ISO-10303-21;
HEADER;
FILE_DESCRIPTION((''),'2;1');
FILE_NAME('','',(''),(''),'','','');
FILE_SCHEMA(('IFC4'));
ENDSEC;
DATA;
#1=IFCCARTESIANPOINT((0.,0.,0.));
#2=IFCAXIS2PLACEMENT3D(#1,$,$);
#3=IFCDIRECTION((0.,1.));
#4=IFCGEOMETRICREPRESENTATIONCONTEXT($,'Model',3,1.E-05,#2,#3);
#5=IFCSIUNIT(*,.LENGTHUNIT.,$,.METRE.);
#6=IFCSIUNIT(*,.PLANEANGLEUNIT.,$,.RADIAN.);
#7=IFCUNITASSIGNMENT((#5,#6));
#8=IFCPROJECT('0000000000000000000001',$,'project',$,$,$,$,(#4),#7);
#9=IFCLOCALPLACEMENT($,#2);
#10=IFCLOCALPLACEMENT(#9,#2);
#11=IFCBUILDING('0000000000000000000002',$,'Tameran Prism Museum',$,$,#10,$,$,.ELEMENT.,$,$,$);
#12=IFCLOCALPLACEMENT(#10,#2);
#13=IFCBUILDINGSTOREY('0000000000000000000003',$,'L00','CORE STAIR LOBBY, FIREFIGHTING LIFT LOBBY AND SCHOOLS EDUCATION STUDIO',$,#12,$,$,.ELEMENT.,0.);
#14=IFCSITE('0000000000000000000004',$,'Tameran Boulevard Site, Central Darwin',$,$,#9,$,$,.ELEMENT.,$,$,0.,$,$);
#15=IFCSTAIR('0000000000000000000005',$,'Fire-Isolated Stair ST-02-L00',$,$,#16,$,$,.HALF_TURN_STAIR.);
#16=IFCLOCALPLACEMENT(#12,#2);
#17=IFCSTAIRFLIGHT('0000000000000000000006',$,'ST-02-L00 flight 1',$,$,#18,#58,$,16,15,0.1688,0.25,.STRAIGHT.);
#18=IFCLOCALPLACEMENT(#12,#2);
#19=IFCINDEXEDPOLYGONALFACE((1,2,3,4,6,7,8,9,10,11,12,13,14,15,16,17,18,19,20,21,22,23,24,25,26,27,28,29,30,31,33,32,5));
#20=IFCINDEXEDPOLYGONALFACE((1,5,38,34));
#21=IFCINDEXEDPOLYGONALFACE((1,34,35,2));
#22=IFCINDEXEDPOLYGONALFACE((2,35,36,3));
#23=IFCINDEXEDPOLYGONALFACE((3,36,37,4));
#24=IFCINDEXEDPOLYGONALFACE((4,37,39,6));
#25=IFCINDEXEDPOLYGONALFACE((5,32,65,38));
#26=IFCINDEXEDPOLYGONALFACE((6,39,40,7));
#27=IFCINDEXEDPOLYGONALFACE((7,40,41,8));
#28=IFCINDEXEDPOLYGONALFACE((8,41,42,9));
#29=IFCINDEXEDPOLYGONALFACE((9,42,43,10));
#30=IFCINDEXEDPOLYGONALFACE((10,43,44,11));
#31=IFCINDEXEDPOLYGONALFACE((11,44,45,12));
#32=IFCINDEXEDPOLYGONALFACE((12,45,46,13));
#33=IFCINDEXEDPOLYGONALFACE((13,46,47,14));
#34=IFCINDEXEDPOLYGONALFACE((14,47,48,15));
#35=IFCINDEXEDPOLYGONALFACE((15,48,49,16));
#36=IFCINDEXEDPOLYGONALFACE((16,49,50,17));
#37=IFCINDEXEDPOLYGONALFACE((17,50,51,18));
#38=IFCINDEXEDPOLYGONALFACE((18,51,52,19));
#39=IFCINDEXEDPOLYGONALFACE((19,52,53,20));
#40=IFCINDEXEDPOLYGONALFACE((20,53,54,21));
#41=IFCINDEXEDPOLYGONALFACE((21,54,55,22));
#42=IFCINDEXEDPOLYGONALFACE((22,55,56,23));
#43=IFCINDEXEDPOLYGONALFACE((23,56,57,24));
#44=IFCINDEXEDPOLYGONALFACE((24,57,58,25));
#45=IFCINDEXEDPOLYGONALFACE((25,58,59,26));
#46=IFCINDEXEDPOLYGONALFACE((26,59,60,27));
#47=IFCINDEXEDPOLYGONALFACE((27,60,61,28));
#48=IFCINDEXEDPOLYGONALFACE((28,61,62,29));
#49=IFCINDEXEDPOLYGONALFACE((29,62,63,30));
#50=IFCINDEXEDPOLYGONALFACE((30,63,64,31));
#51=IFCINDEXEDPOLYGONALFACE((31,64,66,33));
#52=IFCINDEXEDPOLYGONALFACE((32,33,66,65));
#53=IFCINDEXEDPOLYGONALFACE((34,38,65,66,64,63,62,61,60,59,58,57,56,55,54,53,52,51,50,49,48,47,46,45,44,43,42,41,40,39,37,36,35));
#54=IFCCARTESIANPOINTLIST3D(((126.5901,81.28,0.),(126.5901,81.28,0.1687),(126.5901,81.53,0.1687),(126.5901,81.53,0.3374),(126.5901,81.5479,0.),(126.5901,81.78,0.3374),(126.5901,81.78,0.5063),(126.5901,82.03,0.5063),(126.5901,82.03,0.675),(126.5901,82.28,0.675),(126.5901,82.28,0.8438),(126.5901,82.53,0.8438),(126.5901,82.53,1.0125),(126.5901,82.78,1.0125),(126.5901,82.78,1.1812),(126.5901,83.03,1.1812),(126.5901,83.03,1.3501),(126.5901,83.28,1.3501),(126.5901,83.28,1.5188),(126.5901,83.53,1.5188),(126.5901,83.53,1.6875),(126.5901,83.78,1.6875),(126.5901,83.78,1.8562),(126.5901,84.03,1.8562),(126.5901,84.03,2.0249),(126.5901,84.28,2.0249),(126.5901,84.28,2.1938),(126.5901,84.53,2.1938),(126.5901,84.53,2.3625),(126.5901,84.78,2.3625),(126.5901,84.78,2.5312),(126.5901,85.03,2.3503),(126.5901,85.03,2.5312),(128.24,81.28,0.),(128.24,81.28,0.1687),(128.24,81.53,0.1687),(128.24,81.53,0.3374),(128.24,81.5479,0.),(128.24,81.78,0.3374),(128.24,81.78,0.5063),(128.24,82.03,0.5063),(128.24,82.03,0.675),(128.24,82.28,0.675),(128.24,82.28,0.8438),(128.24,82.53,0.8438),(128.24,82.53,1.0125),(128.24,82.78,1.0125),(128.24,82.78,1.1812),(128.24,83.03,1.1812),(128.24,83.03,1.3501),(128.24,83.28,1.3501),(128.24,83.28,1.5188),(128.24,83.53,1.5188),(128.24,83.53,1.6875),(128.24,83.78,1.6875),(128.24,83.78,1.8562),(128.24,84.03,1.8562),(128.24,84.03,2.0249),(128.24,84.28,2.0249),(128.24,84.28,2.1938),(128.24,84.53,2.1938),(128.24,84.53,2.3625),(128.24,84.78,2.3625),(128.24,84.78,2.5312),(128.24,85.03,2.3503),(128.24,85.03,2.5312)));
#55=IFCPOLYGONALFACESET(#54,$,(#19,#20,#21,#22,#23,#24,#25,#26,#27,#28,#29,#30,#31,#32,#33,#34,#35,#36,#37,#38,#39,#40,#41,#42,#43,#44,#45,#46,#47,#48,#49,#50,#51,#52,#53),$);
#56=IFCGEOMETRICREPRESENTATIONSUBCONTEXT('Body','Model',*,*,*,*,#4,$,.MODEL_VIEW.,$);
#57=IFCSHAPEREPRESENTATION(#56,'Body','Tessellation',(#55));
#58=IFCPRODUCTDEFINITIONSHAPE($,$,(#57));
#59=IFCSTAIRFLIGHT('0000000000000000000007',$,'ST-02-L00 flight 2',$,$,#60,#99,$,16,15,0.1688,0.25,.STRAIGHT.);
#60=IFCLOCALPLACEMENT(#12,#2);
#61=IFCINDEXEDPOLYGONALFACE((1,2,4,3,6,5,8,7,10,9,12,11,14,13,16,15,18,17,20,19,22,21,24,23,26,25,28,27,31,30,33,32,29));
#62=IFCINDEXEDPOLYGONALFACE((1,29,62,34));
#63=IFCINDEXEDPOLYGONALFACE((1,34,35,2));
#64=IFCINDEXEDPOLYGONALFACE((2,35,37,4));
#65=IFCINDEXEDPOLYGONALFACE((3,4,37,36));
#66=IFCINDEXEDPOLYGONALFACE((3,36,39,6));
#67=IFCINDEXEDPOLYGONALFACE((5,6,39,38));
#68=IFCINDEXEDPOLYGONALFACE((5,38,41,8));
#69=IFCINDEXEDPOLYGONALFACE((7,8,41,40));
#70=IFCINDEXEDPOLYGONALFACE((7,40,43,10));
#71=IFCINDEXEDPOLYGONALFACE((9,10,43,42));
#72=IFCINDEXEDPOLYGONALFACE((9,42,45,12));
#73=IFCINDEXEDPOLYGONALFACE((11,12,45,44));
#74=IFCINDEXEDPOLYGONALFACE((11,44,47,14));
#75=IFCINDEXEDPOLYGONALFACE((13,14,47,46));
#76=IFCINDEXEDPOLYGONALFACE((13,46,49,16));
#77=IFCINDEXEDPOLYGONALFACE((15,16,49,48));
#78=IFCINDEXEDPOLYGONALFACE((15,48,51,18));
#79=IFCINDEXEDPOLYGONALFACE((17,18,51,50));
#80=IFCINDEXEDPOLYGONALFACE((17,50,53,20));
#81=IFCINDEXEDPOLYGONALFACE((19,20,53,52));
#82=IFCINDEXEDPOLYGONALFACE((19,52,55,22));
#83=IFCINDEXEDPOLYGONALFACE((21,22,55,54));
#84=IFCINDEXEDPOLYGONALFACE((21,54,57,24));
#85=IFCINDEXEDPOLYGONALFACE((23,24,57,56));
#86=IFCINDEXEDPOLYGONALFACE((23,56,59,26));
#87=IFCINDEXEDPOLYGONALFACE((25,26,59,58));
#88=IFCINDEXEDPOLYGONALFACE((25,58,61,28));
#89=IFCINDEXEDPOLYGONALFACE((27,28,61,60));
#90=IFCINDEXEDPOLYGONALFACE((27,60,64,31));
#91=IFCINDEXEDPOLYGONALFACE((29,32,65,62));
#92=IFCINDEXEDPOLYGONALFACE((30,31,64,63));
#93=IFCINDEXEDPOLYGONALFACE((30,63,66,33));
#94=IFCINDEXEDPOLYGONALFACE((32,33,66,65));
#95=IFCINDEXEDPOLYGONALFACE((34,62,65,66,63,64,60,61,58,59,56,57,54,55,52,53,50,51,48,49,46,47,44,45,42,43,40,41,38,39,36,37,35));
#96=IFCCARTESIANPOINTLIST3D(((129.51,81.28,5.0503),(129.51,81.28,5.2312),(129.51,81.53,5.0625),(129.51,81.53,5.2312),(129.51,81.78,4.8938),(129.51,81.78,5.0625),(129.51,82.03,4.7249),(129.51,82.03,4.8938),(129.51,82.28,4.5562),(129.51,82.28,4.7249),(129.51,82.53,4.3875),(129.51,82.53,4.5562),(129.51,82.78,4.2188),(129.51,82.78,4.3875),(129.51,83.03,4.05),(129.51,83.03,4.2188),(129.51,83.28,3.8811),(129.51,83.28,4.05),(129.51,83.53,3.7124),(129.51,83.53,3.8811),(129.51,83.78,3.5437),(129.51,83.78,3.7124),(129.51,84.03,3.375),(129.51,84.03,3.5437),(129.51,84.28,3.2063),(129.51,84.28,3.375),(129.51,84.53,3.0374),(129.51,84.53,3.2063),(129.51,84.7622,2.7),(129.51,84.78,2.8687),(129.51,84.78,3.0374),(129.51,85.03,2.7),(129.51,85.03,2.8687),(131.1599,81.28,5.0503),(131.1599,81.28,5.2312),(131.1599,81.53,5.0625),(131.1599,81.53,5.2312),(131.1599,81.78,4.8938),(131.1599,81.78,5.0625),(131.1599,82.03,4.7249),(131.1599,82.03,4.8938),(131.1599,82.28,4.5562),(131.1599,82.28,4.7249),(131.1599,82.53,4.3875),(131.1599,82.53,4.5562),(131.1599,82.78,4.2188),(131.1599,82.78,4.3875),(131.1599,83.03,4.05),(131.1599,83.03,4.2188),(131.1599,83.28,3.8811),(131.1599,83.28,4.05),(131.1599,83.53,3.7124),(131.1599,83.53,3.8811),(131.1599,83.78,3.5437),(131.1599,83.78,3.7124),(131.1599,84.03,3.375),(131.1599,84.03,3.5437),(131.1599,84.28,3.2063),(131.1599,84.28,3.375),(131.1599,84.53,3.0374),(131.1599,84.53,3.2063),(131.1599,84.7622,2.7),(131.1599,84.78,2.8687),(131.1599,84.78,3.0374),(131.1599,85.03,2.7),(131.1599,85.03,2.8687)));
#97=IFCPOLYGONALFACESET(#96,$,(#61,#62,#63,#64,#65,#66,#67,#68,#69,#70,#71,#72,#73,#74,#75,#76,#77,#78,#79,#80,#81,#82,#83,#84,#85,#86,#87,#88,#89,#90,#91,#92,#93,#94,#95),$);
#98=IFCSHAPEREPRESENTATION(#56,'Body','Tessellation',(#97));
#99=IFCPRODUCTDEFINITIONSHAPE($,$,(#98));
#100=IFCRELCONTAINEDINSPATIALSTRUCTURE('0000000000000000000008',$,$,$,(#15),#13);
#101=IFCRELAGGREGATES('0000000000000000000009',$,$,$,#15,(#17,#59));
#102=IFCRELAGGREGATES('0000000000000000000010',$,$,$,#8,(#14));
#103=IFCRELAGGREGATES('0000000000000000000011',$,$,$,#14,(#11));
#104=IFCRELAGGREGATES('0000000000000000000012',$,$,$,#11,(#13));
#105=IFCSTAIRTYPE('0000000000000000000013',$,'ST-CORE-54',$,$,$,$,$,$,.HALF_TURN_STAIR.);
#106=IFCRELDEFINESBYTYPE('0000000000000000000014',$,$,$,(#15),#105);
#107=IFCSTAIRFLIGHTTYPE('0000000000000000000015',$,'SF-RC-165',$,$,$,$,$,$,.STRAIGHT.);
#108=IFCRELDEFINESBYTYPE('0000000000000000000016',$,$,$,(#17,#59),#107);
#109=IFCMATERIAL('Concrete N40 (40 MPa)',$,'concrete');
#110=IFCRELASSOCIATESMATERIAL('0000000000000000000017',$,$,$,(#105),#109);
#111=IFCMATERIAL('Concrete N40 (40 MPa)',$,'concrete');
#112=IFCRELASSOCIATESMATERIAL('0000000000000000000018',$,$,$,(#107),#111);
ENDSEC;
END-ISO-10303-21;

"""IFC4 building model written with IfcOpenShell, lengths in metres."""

from ifc_helpers import new_model, si_unit, direction, frame, origin, place, context, subcontext, project, spatial, polyline, outline, extrude, material, type_object, element, aggregate, save


model = new_model("IFC4")

# Units and contexts
model_context = context("Model", 3, precision=1e-05, world=origin(), true_north=direction((0.0, 1.0)))
body_context = subcontext(model_context, "Body", "Model", "MODEL_VIEW")
ifc_project = project(units=[si_unit("LENGTHUNIT", "METRE"), si_unit("PLANEANGLEUNIT", "RADIAN")], contexts=[model_context])

# Site, building, storey
site_placement = place(None, origin())
site = spatial("IfcSite", under=ifc_project, at=site_placement, Name="Tameran Boulevard Site, Central Darwin", CompositionType="ELEMENT", RefElevation=0.0)
building_placement = place(site_placement, origin())
building = spatial("IfcBuilding", under=site, at=building_placement, Name="Tameran Prism Museum", CompositionType="ELEMENT")
storey_placement = place(building_placement, origin())
storey = spatial("IfcBuildingStorey", under=building, at=storey_placement, Name="L00", Description="CORE STAIR LOBBY, FIREFIGHTING LIFT LOBBY AND SCHOOLS EDUCATION STUDIO", CompositionType="ELEMENT", Elevation=0.0)

# Stair, stair flights
ifc_material_1 = material(Name="Concrete N40 (40 MPa)", Category="concrete")
stair_type = type_object("IfcStairType", Name="ST-CORE-54", PredefinedType="HALF_TURN_STAIR", material=ifc_material_1)
stair_placement = place(storey_placement, origin())
stair = element("IfcStair", 1, at=stair_placement, inside=storey, type_object=stair_type, Name="Fire-Isolated Stair ST-02-L00", PredefinedType="HALF_TURN_STAIR")
ifc_material_2 = material(Name="Concrete N40 (40 MPa)", Category="concrete")
stair_flight_type = type_object("IfcStairFlightType", Name="SF-RC-165", PredefinedType="STRAIGHT", material=ifc_material_2)
stair_flight_1_placement = place(storey_placement, frame((127.415, 81.28, 0.0), z_axis=(0.0, 0.0, 1.0), x_axis=(0.0, 1.0, 0.0)))
stair_flight_1 = element("IfcStairFlight", 2, at=stair_flight_1_placement, type_object=stair_flight_type, Name="ST-02-L00 flight 1", NumberOfRisers=16, NumberOfTreads=15, PredefinedType="STRAIGHT", RiserHeight=0.1688, TreadLength=0.25, context=body_context, shape_type="SweptSolid", body=[
    extrude(outline(polyline([(0.0, 0.0), (0.0, 0.1687), (0.25, 0.1687), (0.25, 0.3374), (0.5, 0.3374), (0.5, 0.5063), (0.75, 0.5063), (0.75, 0.675), (1.0, 0.675), (1.0, 0.8438), (1.25, 0.8438), (1.25, 1.0125), (1.5, 1.0125), (1.5, 1.1812), (1.75, 1.1812), (1.75, 1.3501), (2.0, 1.3501), (2.0, 1.5188), (2.25, 1.5188), (2.25, 1.6875), (2.5, 1.6875), (2.5, 1.8562), (2.75, 1.8562), (2.75, 2.0249), (3.0, 2.0249), (3.0, 2.1938), (3.25, 2.1938), (3.25, 2.3625), (3.5, 2.3625), (3.5, 2.5312), (3.75, 2.5312), (3.75, 2.7), (3.75, 2.3503), (0.2678, 0.0), (0.0, 0.0)])), frame((0.0, 0.825, 0.0), z_axis=(0.0, -1.0, 0.0), x_axis=(1.0, 0.0, 0.0)), (0.0, 0.0, 1.0), 1.6499),
])
stair_flight_2_placement = place(storey_placement, frame((130.335, 85.03, 2.7), z_axis=(0.0, 0.0, 1.0), x_axis=(0.0, -1.0, 0.0)))
stair_flight_2 = element("IfcStairFlight", 3, at=stair_flight_2_placement, type_object=stair_flight_type, Name="ST-02-L00 flight 2", NumberOfRisers=16, NumberOfTreads=15, PredefinedType="STRAIGHT", RiserHeight=0.1688, TreadLength=0.25, context=body_context, shape_type="SweptSolid", body=[
    extrude(outline(polyline([(0.0, 0.0), (0.0, 0.1687), (0.25, 0.1687), (0.25, 0.3374), (0.5, 0.3374), (0.5, 0.5063), (0.75, 0.5063), (0.75, 0.675), (1.0, 0.675), (1.0, 0.8438), (1.25, 0.8438), (1.25, 1.0125), (1.5, 1.0125), (1.5, 1.1812), (1.75, 1.1812), (1.75, 1.3501), (2.0, 1.3501), (2.0, 1.5188), (2.25, 1.5188), (2.25, 1.6875), (2.5, 1.6875), (2.5, 1.8562), (2.75, 1.8562), (2.75, 2.0249), (3.0, 2.0249), (3.0, 2.1938), (3.25, 2.1938), (3.25, 2.3625), (3.5, 2.3625), (3.5, 2.5312), (3.75, 2.5312), (3.75, 2.7), (3.75, 2.3503), (0.2678, 0.0), (0.0, 0.0)])), frame((0.0, 0.825, 0.0), z_axis=(0.0, -1.0, 0.0), x_axis=(1.0, 0.0, 0.0)), (0.0, 0.0, 1.0), 1.6499),
])
aggregate(stair, [stair_flight_1, stair_flight_2])

save(model, "model.ifc")
